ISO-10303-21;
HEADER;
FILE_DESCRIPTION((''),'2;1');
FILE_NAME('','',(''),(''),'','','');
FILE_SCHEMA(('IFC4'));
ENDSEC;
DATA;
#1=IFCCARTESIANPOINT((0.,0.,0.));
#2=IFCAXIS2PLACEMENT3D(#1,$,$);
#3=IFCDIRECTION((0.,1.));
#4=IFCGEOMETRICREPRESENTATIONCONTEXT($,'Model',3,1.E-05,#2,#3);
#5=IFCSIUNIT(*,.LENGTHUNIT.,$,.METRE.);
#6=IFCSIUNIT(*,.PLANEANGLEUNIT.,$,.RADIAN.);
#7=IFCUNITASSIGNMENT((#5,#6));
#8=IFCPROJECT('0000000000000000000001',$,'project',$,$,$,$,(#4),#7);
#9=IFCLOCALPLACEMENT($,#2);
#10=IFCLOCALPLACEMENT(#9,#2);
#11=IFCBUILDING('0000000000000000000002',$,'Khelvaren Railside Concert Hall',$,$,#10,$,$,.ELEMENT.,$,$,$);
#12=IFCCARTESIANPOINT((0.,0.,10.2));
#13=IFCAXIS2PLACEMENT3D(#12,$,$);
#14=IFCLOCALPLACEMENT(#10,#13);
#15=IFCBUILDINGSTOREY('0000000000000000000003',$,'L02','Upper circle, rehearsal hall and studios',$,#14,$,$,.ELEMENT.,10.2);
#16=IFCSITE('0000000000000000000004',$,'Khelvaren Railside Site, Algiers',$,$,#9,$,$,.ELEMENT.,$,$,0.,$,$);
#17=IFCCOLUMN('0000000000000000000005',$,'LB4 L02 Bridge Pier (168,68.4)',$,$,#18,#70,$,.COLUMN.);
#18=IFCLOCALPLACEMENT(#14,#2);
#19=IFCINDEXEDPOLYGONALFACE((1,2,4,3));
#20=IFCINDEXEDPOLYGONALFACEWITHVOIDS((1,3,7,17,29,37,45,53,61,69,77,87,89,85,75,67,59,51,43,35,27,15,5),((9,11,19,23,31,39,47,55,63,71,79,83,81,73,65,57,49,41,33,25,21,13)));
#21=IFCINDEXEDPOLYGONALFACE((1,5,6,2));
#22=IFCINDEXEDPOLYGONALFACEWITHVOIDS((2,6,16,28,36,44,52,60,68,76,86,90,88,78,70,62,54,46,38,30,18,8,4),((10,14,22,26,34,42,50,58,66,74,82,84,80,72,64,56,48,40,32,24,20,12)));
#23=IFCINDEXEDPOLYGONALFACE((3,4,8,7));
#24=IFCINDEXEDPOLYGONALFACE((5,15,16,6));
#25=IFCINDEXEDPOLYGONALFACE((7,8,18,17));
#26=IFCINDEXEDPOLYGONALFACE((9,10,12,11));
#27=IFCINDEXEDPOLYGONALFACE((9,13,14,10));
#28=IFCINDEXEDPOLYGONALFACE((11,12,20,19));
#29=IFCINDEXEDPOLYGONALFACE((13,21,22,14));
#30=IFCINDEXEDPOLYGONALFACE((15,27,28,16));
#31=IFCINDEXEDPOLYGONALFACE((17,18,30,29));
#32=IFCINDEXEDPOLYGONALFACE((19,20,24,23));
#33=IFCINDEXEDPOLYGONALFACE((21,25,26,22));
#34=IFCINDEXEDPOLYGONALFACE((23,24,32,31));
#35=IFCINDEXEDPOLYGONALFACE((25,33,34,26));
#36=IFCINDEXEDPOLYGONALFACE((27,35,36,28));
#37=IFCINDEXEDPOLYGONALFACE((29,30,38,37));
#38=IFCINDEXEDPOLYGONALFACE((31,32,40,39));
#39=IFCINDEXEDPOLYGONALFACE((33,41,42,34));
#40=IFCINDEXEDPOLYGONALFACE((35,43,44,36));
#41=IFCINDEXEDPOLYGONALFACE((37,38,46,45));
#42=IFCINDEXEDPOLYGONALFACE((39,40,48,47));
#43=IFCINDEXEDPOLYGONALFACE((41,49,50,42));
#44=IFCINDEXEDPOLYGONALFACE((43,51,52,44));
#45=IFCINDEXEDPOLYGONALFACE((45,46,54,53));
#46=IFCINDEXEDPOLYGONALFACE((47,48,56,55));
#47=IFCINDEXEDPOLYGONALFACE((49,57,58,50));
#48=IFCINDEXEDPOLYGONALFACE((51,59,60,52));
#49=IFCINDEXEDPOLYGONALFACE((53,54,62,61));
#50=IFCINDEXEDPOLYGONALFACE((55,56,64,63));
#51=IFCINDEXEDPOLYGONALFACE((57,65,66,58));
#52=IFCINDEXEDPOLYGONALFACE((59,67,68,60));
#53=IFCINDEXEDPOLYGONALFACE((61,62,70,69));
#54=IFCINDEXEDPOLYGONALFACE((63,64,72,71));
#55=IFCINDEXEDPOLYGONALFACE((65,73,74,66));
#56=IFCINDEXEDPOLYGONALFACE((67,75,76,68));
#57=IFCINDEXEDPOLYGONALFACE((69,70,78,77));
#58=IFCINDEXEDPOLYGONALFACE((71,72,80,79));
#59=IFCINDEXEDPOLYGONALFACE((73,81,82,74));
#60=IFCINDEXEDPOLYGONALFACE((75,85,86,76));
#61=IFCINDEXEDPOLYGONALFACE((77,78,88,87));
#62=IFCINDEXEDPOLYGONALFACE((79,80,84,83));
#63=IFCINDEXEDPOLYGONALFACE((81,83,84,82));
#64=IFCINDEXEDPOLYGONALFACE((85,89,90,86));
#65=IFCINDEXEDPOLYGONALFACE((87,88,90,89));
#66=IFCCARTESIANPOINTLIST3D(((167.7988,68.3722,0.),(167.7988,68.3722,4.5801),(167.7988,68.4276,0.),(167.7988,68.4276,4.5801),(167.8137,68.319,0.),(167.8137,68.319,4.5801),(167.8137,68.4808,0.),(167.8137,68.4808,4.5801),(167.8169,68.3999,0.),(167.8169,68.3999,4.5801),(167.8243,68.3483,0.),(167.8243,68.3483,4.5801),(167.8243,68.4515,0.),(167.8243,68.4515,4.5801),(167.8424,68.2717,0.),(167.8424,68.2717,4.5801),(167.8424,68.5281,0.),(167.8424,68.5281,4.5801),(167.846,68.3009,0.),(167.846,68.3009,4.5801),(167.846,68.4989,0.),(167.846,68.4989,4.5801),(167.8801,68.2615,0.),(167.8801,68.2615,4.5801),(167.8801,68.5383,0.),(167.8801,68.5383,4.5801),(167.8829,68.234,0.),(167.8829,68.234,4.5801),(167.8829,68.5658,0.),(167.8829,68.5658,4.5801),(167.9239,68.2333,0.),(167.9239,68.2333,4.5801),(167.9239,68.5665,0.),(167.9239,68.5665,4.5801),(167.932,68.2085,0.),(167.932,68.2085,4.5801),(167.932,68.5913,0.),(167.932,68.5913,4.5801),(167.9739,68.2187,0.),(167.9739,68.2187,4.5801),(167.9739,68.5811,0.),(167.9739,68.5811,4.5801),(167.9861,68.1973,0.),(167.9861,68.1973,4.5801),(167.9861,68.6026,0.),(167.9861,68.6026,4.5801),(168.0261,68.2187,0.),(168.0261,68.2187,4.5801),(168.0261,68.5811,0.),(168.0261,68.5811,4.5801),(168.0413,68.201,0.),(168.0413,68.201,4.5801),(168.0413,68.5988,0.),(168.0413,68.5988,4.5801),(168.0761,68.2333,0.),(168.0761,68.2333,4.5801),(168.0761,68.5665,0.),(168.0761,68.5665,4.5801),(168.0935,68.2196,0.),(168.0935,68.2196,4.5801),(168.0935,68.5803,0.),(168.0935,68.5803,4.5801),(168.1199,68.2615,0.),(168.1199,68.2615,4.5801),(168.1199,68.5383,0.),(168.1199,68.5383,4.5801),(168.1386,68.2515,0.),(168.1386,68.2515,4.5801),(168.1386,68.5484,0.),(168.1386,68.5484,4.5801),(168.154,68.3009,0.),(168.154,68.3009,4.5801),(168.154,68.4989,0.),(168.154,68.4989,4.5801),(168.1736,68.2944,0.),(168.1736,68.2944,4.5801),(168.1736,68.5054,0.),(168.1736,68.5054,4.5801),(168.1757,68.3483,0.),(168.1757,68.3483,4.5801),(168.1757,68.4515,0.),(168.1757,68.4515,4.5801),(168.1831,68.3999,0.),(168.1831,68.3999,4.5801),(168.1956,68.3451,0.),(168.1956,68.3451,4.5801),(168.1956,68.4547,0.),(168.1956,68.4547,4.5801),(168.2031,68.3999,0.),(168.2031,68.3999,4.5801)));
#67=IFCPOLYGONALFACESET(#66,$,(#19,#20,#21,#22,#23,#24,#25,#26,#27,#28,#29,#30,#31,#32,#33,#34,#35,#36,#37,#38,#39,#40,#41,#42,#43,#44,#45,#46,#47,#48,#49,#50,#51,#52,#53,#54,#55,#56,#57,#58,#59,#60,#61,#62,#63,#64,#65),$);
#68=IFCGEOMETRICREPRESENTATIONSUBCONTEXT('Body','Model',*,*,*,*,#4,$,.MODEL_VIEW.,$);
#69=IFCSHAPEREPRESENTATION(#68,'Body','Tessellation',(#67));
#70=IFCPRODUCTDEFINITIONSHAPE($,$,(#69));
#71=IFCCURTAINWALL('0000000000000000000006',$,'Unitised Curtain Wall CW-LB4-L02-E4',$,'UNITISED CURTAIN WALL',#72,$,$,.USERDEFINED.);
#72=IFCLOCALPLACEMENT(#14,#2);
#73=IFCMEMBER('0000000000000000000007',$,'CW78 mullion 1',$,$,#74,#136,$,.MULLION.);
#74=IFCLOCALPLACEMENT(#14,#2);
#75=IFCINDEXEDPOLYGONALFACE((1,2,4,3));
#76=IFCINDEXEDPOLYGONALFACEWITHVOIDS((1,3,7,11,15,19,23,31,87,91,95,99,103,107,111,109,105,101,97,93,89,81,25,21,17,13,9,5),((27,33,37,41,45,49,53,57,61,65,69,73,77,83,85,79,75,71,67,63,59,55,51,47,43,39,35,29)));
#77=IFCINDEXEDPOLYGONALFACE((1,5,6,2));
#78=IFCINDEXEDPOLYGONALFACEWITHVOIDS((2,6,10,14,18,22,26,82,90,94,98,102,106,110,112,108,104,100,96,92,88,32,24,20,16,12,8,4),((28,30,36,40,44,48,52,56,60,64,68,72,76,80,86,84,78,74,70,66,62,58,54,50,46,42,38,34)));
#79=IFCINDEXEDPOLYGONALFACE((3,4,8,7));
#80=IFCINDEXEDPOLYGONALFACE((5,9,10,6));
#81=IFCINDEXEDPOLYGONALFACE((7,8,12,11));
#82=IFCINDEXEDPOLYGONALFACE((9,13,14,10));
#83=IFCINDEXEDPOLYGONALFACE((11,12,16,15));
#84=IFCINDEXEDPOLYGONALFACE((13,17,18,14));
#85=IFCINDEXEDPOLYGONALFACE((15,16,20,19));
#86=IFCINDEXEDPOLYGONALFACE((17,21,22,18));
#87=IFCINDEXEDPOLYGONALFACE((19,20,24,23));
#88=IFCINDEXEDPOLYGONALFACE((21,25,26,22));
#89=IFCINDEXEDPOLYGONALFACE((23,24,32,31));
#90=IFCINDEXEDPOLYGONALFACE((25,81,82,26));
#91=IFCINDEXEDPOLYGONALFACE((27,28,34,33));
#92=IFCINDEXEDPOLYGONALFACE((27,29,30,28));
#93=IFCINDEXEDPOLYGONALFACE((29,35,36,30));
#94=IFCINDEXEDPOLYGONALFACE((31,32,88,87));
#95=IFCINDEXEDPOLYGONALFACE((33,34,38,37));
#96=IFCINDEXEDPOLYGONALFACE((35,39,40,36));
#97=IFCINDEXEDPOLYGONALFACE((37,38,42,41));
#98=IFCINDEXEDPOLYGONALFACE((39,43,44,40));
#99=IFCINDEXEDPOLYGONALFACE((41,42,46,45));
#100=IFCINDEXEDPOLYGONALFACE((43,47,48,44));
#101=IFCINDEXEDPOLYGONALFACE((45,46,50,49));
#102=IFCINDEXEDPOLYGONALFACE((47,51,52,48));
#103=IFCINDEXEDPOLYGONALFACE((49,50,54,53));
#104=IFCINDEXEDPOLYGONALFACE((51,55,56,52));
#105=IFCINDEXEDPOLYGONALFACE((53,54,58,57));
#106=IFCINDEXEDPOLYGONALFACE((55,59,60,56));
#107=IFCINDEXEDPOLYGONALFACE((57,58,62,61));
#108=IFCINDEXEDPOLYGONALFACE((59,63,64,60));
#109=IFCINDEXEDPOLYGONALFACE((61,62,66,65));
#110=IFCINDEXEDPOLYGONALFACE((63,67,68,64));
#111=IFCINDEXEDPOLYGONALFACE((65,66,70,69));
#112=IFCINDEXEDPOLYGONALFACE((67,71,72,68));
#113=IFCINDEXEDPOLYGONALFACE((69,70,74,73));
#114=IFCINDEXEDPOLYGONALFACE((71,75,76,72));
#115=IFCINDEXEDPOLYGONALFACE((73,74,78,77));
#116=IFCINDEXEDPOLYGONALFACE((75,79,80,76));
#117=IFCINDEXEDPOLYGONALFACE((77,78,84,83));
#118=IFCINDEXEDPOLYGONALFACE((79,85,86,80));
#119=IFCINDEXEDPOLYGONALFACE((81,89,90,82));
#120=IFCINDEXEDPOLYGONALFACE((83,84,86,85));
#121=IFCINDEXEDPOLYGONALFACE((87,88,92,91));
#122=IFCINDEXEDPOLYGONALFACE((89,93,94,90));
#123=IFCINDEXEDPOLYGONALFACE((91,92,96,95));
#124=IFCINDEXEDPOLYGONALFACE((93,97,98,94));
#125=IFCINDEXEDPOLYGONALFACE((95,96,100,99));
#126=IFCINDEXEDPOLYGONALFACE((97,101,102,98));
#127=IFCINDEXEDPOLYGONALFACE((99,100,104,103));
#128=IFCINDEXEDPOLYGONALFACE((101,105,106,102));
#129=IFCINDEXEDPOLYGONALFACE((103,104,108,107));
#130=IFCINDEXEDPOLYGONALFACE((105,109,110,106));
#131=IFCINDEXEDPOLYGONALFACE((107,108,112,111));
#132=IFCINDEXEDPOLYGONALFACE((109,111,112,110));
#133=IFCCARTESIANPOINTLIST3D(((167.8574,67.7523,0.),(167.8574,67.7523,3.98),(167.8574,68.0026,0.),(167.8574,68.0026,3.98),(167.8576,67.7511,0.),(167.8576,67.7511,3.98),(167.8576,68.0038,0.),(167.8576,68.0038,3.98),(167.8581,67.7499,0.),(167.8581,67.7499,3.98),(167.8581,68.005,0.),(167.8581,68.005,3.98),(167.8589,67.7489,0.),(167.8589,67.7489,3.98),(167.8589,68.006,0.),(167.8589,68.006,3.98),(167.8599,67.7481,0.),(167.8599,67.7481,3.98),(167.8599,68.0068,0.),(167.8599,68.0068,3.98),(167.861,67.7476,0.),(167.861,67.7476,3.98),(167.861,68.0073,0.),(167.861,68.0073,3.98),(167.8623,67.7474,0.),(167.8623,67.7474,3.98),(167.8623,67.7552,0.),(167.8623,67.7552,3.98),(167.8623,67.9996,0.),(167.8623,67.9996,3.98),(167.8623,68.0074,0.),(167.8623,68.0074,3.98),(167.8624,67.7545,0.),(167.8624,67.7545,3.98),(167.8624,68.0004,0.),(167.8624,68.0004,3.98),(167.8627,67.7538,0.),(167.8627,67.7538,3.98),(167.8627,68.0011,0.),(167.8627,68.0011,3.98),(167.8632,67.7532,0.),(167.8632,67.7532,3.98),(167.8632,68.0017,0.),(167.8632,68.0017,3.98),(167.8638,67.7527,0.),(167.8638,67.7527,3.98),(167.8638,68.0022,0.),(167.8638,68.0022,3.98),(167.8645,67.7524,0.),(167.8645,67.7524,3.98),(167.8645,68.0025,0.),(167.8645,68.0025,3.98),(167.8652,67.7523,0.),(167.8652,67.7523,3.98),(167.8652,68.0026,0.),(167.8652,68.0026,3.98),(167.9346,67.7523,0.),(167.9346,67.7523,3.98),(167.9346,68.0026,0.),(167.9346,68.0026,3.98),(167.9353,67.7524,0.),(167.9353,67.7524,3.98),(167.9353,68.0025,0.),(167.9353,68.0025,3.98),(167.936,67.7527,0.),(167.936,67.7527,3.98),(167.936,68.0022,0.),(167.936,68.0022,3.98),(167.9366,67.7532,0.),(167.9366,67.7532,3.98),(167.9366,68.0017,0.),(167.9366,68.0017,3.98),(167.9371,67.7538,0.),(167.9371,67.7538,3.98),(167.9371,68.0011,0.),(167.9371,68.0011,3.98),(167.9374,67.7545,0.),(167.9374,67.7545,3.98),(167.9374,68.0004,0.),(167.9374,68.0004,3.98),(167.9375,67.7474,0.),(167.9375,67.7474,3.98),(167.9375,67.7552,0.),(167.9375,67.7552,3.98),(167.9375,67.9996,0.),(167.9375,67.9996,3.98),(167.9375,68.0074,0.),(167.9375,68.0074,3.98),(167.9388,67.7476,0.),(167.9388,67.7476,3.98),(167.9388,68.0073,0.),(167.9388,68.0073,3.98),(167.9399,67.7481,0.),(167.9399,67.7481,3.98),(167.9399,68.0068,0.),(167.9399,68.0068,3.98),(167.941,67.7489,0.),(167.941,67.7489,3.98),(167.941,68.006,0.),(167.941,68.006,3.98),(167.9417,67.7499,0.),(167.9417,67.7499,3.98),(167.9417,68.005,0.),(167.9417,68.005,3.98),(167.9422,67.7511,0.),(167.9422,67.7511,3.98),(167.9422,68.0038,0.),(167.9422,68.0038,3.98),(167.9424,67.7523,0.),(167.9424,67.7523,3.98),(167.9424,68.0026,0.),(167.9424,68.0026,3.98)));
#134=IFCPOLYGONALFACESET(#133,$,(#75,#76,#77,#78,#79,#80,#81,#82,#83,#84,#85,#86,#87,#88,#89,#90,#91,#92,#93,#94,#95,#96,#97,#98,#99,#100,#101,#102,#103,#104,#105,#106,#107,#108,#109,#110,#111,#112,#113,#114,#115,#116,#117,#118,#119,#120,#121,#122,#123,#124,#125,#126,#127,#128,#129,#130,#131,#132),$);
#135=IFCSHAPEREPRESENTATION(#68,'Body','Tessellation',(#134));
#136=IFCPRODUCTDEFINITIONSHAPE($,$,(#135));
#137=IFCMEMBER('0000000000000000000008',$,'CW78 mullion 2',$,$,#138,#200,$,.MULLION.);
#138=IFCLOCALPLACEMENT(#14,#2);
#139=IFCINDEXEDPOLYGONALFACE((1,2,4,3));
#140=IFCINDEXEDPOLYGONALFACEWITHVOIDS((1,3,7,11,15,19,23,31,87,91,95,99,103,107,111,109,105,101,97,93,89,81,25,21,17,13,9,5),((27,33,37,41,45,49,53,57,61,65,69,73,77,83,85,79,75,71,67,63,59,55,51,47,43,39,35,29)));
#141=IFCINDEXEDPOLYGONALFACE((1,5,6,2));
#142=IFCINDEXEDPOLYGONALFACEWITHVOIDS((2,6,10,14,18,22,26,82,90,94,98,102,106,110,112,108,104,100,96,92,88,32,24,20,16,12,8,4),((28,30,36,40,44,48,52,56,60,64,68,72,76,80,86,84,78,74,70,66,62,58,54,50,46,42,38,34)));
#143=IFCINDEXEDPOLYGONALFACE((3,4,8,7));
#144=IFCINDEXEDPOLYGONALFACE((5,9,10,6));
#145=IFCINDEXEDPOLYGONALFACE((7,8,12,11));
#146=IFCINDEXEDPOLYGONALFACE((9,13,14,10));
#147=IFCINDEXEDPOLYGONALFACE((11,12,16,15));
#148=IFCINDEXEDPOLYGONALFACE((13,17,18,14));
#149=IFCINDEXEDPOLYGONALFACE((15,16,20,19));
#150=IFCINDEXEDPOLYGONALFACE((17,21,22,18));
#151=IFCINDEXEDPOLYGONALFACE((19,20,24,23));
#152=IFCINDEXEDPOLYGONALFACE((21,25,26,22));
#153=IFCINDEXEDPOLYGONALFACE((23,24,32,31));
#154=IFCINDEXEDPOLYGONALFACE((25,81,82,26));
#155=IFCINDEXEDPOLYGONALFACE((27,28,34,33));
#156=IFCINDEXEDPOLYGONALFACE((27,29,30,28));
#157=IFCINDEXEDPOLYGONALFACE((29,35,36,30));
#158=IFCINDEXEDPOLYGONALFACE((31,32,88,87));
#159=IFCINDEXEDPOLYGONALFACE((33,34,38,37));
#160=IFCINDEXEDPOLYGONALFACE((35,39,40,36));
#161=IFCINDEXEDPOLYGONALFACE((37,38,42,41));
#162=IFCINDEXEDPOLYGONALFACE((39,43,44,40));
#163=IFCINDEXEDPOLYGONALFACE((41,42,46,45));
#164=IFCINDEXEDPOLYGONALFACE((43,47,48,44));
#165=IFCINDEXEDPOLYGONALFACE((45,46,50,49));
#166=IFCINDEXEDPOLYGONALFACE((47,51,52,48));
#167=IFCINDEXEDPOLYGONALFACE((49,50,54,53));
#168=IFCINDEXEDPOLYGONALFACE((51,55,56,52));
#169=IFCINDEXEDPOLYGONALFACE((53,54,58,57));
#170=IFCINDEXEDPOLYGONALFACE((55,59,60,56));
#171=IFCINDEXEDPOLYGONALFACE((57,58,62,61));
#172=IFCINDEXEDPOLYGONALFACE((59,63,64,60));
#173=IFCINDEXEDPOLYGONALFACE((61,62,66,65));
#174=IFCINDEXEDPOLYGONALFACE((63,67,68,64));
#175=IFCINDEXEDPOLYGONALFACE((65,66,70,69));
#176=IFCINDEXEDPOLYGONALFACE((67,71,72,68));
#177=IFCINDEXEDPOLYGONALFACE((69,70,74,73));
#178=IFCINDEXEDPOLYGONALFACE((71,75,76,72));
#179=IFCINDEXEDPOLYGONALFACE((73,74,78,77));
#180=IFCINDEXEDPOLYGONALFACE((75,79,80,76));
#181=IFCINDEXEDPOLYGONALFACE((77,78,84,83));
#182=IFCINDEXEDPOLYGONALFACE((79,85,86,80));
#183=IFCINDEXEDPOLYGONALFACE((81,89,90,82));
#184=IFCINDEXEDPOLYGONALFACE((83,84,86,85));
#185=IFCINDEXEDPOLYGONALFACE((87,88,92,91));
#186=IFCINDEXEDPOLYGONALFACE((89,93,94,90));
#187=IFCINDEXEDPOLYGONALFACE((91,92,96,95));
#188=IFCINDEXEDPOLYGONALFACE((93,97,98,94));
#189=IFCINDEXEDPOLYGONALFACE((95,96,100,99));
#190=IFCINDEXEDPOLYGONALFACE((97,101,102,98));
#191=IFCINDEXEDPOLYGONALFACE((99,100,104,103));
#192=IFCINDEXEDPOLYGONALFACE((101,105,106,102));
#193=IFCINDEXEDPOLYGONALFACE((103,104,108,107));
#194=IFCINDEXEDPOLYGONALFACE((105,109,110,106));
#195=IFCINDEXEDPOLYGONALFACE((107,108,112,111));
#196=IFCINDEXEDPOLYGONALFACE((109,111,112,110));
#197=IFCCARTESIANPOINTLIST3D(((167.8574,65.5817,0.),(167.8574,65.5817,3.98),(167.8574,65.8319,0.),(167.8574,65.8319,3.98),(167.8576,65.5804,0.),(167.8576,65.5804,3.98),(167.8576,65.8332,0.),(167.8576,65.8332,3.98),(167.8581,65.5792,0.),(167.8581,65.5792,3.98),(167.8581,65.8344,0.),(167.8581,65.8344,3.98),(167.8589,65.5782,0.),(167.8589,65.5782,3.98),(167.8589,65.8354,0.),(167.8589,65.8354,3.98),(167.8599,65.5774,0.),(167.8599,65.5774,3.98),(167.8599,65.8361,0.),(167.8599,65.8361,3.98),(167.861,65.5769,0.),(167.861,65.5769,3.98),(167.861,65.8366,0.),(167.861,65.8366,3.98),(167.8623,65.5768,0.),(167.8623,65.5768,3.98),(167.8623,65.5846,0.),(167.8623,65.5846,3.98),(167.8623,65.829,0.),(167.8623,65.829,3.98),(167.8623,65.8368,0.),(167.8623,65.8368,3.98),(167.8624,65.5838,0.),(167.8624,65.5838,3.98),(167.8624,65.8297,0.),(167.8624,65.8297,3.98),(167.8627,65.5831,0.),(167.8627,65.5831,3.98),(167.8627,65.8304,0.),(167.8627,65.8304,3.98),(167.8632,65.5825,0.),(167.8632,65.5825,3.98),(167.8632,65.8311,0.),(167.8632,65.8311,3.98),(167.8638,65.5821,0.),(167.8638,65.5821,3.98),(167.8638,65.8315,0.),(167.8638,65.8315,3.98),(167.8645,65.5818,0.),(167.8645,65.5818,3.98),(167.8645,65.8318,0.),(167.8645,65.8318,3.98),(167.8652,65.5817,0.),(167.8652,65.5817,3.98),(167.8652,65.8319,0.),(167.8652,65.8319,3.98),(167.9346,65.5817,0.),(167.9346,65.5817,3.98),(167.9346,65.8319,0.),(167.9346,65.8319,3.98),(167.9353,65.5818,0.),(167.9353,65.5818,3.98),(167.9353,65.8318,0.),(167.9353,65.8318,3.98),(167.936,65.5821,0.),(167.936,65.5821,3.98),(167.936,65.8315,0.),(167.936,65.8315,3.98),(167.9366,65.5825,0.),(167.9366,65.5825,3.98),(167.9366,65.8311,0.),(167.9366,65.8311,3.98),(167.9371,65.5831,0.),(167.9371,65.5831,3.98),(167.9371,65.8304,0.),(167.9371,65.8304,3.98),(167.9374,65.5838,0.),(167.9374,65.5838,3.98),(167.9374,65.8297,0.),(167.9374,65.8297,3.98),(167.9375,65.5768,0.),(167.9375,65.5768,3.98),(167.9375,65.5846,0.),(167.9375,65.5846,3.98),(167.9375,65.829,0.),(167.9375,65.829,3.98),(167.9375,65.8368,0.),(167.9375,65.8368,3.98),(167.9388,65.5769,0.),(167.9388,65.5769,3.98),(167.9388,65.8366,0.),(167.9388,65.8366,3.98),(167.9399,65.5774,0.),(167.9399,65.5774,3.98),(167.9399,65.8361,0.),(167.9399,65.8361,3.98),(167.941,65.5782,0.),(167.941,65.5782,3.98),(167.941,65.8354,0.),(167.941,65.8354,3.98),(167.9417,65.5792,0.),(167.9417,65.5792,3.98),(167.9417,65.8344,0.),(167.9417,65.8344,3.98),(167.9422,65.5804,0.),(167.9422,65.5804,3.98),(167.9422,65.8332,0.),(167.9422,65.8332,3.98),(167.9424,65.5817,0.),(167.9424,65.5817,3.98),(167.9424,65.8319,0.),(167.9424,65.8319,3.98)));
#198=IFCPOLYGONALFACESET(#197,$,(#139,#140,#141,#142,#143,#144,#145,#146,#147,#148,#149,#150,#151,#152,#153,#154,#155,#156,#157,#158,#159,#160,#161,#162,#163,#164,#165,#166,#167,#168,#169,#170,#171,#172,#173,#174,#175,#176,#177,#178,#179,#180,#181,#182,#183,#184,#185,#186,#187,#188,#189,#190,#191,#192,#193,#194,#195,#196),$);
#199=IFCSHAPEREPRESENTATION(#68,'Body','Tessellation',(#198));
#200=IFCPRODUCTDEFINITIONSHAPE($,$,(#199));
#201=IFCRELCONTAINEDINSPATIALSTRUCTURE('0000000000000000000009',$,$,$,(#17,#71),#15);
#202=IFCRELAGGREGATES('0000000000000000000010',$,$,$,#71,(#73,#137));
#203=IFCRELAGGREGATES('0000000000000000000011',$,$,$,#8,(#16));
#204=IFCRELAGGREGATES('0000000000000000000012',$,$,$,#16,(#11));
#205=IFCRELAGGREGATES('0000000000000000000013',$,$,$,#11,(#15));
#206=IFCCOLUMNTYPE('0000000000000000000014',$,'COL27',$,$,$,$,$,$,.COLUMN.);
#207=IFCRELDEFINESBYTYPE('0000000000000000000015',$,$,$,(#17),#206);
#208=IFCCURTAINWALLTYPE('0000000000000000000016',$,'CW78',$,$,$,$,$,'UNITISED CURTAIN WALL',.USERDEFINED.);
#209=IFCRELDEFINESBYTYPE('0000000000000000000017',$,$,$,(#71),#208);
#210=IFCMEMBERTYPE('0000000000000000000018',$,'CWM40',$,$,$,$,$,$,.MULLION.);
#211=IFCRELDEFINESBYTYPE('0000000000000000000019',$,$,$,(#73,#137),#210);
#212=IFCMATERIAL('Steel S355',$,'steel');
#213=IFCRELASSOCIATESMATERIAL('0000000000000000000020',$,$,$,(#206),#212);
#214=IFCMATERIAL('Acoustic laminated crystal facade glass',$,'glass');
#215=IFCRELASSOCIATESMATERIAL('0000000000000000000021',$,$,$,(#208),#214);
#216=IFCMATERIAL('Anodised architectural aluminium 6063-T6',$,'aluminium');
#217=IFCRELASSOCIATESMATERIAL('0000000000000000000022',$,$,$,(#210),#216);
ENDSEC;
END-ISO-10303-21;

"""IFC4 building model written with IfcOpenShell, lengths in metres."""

from ifc_helpers import new_model, si_unit, direction, frame, origin, origin_2d, place, context, subcontext, project, spatial, hollow_rectangle, hollow_circle, extrude, material, material_profile, profile_set, type_object, element, aggregate, save


model = new_model("IFC4")

# Units and contexts
model_context = context("Model", 3, precision=1e-05, world=origin(), true_north=direction((0.0, 1.0)))
body_context = subcontext(model_context, "Body", "Model", "MODEL_VIEW")
ifc_project = project(units=[si_unit("LENGTHUNIT", "METRE"), si_unit("PLANEANGLEUNIT", "RADIAN")], contexts=[model_context])

# Site, building, storey
site_placement = place(None, origin())
site = spatial("IfcSite", under=ifc_project, at=site_placement, Name="Khelvaren Railside Site, Algiers", CompositionType="ELEMENT", RefElevation=0.0)
building_placement = place(site_placement, origin())
building = spatial("IfcBuilding", under=site, at=building_placement, Name="Khelvaren Railside Concert Hall", CompositionType="ELEMENT")
storey_placement = place(building_placement, frame((0.0, 0.0, 10.2)))
storey = spatial("IfcBuildingStorey", under=building, at=storey_placement, Name="L02", Description="Upper circle, rehearsal hall and studios", CompositionType="ELEMENT", Elevation=10.2)

# Column
ifc_material_1 = material(Name="Steel S355", Category="steel")
ifc_material_profile_1 = material_profile(ifc_material_1, hollow_circle(Radius=0.2031, WallThickness=0.02, at=origin_2d()), Name="CHS 406.4x20")
ifc_profile_set_1 = profile_set([ifc_material_profile_1], Name="Steel S355")
column_type = type_object("IfcColumnType", Name="COL27", PredefinedType="COLUMN", material=ifc_profile_set_1)
column_placement = place(storey_placement, frame((168.0, 68.3999, 0.0), z_axis=(0.0, 0.0, 1.0), x_axis=(1.0, 0.0, 0.0)))
element("IfcColumn", 1, at=column_placement, inside=storey, type_object=column_type, Name="LB4 L02 Bridge Pier (168,68.4)", PredefinedType="COLUMN", context=body_context, shape_type="SweptSolid", body=[
    extrude(hollow_circle(Radius=0.2031, WallThickness=0.02, at=origin_2d()), origin(), (0.0, 0.0, 1.0), 4.5801),
])

# Curtain wall, members
ifc_material_2 = material(Name="Acoustic laminated crystal facade glass", Category="glass")
curtain_wall_type = type_object("IfcCurtainWallType", Name="CW78", ElementType="UNITISED CURTAIN WALL", PredefinedType="USERDEFINED", material=ifc_material_2)
curtain_wall_1_placement = place(storey_placement, origin())
curtain_wall_1 = element("IfcCurtainWall", 2, at=curtain_wall_1_placement, inside=storey, type_object=curtain_wall_type, Name="Unitised Curtain Wall CW-LB4-L02-E4", ObjectType="UNITISED CURTAIN WALL", PredefinedType="USERDEFINED")
ifc_material_3 = material(Name="Anodised architectural aluminium 6063-T6", Category="aluminium")
ifc_material_profile_2 = material_profile(ifc_material_3, hollow_rectangle(XDim=0.085, YDim=0.26, WallThickness=0.0049, InnerFilletRadius=0.0029, OuterFilletRadius=0.0049, at=origin_2d()), Name="CWM 85x260x5")
ifc_profile_set_2 = profile_set([ifc_material_profile_2], Name="Anodised architectural aluminium 6063-T6")
member_type_1 = type_object("IfcMemberType", Name="CWM40", PredefinedType="MULLION", material=ifc_profile_set_2)
member_1_placement = place(storey_placement, frame((167.8999, 67.8774, 0.0), z_axis=(0.0, 0.0, 1.0), x_axis=(1.0, 0.0, 0.0)))
member_1 = element("IfcMember", 3, at=member_1_placement, type_object=member_type_1, Name="CW78 mullion 1", PredefinedType="MULLION", context=body_context, shape_type="SweptSolid", body=[
    extrude(hollow_rectangle(XDim=0.085, YDim=0.26, WallThickness=0.0049, InnerFilletRadius=0.0029, OuterFilletRadius=0.0049, at=origin_2d()), origin(), (0.0, 0.0, 1.0), 3.98),
])
member_2_placement = place(storey_placement, frame((167.8999, 65.7068, 0.0), z_axis=(0.0, 0.0, 1.0), x_axis=(1.0, 0.0, 0.0)))
member_2 = element("IfcMember", 4, at=member_2_placement, type_object=member_type_1, Name="CW78 mullion 2", PredefinedType="MULLION", context=body_context, shape_type="SweptSolid", body=[
    extrude(hollow_rectangle(XDim=0.085, YDim=0.26, WallThickness=0.0049, InnerFilletRadius=0.0029, OuterFilletRadius=0.0049, at=origin_2d()), origin(), (0.0, 0.0, 1.0), 3.98),
])

aggregate(curtain_wall_1, [member_1, member_2])

save(model, "model.ifc")
